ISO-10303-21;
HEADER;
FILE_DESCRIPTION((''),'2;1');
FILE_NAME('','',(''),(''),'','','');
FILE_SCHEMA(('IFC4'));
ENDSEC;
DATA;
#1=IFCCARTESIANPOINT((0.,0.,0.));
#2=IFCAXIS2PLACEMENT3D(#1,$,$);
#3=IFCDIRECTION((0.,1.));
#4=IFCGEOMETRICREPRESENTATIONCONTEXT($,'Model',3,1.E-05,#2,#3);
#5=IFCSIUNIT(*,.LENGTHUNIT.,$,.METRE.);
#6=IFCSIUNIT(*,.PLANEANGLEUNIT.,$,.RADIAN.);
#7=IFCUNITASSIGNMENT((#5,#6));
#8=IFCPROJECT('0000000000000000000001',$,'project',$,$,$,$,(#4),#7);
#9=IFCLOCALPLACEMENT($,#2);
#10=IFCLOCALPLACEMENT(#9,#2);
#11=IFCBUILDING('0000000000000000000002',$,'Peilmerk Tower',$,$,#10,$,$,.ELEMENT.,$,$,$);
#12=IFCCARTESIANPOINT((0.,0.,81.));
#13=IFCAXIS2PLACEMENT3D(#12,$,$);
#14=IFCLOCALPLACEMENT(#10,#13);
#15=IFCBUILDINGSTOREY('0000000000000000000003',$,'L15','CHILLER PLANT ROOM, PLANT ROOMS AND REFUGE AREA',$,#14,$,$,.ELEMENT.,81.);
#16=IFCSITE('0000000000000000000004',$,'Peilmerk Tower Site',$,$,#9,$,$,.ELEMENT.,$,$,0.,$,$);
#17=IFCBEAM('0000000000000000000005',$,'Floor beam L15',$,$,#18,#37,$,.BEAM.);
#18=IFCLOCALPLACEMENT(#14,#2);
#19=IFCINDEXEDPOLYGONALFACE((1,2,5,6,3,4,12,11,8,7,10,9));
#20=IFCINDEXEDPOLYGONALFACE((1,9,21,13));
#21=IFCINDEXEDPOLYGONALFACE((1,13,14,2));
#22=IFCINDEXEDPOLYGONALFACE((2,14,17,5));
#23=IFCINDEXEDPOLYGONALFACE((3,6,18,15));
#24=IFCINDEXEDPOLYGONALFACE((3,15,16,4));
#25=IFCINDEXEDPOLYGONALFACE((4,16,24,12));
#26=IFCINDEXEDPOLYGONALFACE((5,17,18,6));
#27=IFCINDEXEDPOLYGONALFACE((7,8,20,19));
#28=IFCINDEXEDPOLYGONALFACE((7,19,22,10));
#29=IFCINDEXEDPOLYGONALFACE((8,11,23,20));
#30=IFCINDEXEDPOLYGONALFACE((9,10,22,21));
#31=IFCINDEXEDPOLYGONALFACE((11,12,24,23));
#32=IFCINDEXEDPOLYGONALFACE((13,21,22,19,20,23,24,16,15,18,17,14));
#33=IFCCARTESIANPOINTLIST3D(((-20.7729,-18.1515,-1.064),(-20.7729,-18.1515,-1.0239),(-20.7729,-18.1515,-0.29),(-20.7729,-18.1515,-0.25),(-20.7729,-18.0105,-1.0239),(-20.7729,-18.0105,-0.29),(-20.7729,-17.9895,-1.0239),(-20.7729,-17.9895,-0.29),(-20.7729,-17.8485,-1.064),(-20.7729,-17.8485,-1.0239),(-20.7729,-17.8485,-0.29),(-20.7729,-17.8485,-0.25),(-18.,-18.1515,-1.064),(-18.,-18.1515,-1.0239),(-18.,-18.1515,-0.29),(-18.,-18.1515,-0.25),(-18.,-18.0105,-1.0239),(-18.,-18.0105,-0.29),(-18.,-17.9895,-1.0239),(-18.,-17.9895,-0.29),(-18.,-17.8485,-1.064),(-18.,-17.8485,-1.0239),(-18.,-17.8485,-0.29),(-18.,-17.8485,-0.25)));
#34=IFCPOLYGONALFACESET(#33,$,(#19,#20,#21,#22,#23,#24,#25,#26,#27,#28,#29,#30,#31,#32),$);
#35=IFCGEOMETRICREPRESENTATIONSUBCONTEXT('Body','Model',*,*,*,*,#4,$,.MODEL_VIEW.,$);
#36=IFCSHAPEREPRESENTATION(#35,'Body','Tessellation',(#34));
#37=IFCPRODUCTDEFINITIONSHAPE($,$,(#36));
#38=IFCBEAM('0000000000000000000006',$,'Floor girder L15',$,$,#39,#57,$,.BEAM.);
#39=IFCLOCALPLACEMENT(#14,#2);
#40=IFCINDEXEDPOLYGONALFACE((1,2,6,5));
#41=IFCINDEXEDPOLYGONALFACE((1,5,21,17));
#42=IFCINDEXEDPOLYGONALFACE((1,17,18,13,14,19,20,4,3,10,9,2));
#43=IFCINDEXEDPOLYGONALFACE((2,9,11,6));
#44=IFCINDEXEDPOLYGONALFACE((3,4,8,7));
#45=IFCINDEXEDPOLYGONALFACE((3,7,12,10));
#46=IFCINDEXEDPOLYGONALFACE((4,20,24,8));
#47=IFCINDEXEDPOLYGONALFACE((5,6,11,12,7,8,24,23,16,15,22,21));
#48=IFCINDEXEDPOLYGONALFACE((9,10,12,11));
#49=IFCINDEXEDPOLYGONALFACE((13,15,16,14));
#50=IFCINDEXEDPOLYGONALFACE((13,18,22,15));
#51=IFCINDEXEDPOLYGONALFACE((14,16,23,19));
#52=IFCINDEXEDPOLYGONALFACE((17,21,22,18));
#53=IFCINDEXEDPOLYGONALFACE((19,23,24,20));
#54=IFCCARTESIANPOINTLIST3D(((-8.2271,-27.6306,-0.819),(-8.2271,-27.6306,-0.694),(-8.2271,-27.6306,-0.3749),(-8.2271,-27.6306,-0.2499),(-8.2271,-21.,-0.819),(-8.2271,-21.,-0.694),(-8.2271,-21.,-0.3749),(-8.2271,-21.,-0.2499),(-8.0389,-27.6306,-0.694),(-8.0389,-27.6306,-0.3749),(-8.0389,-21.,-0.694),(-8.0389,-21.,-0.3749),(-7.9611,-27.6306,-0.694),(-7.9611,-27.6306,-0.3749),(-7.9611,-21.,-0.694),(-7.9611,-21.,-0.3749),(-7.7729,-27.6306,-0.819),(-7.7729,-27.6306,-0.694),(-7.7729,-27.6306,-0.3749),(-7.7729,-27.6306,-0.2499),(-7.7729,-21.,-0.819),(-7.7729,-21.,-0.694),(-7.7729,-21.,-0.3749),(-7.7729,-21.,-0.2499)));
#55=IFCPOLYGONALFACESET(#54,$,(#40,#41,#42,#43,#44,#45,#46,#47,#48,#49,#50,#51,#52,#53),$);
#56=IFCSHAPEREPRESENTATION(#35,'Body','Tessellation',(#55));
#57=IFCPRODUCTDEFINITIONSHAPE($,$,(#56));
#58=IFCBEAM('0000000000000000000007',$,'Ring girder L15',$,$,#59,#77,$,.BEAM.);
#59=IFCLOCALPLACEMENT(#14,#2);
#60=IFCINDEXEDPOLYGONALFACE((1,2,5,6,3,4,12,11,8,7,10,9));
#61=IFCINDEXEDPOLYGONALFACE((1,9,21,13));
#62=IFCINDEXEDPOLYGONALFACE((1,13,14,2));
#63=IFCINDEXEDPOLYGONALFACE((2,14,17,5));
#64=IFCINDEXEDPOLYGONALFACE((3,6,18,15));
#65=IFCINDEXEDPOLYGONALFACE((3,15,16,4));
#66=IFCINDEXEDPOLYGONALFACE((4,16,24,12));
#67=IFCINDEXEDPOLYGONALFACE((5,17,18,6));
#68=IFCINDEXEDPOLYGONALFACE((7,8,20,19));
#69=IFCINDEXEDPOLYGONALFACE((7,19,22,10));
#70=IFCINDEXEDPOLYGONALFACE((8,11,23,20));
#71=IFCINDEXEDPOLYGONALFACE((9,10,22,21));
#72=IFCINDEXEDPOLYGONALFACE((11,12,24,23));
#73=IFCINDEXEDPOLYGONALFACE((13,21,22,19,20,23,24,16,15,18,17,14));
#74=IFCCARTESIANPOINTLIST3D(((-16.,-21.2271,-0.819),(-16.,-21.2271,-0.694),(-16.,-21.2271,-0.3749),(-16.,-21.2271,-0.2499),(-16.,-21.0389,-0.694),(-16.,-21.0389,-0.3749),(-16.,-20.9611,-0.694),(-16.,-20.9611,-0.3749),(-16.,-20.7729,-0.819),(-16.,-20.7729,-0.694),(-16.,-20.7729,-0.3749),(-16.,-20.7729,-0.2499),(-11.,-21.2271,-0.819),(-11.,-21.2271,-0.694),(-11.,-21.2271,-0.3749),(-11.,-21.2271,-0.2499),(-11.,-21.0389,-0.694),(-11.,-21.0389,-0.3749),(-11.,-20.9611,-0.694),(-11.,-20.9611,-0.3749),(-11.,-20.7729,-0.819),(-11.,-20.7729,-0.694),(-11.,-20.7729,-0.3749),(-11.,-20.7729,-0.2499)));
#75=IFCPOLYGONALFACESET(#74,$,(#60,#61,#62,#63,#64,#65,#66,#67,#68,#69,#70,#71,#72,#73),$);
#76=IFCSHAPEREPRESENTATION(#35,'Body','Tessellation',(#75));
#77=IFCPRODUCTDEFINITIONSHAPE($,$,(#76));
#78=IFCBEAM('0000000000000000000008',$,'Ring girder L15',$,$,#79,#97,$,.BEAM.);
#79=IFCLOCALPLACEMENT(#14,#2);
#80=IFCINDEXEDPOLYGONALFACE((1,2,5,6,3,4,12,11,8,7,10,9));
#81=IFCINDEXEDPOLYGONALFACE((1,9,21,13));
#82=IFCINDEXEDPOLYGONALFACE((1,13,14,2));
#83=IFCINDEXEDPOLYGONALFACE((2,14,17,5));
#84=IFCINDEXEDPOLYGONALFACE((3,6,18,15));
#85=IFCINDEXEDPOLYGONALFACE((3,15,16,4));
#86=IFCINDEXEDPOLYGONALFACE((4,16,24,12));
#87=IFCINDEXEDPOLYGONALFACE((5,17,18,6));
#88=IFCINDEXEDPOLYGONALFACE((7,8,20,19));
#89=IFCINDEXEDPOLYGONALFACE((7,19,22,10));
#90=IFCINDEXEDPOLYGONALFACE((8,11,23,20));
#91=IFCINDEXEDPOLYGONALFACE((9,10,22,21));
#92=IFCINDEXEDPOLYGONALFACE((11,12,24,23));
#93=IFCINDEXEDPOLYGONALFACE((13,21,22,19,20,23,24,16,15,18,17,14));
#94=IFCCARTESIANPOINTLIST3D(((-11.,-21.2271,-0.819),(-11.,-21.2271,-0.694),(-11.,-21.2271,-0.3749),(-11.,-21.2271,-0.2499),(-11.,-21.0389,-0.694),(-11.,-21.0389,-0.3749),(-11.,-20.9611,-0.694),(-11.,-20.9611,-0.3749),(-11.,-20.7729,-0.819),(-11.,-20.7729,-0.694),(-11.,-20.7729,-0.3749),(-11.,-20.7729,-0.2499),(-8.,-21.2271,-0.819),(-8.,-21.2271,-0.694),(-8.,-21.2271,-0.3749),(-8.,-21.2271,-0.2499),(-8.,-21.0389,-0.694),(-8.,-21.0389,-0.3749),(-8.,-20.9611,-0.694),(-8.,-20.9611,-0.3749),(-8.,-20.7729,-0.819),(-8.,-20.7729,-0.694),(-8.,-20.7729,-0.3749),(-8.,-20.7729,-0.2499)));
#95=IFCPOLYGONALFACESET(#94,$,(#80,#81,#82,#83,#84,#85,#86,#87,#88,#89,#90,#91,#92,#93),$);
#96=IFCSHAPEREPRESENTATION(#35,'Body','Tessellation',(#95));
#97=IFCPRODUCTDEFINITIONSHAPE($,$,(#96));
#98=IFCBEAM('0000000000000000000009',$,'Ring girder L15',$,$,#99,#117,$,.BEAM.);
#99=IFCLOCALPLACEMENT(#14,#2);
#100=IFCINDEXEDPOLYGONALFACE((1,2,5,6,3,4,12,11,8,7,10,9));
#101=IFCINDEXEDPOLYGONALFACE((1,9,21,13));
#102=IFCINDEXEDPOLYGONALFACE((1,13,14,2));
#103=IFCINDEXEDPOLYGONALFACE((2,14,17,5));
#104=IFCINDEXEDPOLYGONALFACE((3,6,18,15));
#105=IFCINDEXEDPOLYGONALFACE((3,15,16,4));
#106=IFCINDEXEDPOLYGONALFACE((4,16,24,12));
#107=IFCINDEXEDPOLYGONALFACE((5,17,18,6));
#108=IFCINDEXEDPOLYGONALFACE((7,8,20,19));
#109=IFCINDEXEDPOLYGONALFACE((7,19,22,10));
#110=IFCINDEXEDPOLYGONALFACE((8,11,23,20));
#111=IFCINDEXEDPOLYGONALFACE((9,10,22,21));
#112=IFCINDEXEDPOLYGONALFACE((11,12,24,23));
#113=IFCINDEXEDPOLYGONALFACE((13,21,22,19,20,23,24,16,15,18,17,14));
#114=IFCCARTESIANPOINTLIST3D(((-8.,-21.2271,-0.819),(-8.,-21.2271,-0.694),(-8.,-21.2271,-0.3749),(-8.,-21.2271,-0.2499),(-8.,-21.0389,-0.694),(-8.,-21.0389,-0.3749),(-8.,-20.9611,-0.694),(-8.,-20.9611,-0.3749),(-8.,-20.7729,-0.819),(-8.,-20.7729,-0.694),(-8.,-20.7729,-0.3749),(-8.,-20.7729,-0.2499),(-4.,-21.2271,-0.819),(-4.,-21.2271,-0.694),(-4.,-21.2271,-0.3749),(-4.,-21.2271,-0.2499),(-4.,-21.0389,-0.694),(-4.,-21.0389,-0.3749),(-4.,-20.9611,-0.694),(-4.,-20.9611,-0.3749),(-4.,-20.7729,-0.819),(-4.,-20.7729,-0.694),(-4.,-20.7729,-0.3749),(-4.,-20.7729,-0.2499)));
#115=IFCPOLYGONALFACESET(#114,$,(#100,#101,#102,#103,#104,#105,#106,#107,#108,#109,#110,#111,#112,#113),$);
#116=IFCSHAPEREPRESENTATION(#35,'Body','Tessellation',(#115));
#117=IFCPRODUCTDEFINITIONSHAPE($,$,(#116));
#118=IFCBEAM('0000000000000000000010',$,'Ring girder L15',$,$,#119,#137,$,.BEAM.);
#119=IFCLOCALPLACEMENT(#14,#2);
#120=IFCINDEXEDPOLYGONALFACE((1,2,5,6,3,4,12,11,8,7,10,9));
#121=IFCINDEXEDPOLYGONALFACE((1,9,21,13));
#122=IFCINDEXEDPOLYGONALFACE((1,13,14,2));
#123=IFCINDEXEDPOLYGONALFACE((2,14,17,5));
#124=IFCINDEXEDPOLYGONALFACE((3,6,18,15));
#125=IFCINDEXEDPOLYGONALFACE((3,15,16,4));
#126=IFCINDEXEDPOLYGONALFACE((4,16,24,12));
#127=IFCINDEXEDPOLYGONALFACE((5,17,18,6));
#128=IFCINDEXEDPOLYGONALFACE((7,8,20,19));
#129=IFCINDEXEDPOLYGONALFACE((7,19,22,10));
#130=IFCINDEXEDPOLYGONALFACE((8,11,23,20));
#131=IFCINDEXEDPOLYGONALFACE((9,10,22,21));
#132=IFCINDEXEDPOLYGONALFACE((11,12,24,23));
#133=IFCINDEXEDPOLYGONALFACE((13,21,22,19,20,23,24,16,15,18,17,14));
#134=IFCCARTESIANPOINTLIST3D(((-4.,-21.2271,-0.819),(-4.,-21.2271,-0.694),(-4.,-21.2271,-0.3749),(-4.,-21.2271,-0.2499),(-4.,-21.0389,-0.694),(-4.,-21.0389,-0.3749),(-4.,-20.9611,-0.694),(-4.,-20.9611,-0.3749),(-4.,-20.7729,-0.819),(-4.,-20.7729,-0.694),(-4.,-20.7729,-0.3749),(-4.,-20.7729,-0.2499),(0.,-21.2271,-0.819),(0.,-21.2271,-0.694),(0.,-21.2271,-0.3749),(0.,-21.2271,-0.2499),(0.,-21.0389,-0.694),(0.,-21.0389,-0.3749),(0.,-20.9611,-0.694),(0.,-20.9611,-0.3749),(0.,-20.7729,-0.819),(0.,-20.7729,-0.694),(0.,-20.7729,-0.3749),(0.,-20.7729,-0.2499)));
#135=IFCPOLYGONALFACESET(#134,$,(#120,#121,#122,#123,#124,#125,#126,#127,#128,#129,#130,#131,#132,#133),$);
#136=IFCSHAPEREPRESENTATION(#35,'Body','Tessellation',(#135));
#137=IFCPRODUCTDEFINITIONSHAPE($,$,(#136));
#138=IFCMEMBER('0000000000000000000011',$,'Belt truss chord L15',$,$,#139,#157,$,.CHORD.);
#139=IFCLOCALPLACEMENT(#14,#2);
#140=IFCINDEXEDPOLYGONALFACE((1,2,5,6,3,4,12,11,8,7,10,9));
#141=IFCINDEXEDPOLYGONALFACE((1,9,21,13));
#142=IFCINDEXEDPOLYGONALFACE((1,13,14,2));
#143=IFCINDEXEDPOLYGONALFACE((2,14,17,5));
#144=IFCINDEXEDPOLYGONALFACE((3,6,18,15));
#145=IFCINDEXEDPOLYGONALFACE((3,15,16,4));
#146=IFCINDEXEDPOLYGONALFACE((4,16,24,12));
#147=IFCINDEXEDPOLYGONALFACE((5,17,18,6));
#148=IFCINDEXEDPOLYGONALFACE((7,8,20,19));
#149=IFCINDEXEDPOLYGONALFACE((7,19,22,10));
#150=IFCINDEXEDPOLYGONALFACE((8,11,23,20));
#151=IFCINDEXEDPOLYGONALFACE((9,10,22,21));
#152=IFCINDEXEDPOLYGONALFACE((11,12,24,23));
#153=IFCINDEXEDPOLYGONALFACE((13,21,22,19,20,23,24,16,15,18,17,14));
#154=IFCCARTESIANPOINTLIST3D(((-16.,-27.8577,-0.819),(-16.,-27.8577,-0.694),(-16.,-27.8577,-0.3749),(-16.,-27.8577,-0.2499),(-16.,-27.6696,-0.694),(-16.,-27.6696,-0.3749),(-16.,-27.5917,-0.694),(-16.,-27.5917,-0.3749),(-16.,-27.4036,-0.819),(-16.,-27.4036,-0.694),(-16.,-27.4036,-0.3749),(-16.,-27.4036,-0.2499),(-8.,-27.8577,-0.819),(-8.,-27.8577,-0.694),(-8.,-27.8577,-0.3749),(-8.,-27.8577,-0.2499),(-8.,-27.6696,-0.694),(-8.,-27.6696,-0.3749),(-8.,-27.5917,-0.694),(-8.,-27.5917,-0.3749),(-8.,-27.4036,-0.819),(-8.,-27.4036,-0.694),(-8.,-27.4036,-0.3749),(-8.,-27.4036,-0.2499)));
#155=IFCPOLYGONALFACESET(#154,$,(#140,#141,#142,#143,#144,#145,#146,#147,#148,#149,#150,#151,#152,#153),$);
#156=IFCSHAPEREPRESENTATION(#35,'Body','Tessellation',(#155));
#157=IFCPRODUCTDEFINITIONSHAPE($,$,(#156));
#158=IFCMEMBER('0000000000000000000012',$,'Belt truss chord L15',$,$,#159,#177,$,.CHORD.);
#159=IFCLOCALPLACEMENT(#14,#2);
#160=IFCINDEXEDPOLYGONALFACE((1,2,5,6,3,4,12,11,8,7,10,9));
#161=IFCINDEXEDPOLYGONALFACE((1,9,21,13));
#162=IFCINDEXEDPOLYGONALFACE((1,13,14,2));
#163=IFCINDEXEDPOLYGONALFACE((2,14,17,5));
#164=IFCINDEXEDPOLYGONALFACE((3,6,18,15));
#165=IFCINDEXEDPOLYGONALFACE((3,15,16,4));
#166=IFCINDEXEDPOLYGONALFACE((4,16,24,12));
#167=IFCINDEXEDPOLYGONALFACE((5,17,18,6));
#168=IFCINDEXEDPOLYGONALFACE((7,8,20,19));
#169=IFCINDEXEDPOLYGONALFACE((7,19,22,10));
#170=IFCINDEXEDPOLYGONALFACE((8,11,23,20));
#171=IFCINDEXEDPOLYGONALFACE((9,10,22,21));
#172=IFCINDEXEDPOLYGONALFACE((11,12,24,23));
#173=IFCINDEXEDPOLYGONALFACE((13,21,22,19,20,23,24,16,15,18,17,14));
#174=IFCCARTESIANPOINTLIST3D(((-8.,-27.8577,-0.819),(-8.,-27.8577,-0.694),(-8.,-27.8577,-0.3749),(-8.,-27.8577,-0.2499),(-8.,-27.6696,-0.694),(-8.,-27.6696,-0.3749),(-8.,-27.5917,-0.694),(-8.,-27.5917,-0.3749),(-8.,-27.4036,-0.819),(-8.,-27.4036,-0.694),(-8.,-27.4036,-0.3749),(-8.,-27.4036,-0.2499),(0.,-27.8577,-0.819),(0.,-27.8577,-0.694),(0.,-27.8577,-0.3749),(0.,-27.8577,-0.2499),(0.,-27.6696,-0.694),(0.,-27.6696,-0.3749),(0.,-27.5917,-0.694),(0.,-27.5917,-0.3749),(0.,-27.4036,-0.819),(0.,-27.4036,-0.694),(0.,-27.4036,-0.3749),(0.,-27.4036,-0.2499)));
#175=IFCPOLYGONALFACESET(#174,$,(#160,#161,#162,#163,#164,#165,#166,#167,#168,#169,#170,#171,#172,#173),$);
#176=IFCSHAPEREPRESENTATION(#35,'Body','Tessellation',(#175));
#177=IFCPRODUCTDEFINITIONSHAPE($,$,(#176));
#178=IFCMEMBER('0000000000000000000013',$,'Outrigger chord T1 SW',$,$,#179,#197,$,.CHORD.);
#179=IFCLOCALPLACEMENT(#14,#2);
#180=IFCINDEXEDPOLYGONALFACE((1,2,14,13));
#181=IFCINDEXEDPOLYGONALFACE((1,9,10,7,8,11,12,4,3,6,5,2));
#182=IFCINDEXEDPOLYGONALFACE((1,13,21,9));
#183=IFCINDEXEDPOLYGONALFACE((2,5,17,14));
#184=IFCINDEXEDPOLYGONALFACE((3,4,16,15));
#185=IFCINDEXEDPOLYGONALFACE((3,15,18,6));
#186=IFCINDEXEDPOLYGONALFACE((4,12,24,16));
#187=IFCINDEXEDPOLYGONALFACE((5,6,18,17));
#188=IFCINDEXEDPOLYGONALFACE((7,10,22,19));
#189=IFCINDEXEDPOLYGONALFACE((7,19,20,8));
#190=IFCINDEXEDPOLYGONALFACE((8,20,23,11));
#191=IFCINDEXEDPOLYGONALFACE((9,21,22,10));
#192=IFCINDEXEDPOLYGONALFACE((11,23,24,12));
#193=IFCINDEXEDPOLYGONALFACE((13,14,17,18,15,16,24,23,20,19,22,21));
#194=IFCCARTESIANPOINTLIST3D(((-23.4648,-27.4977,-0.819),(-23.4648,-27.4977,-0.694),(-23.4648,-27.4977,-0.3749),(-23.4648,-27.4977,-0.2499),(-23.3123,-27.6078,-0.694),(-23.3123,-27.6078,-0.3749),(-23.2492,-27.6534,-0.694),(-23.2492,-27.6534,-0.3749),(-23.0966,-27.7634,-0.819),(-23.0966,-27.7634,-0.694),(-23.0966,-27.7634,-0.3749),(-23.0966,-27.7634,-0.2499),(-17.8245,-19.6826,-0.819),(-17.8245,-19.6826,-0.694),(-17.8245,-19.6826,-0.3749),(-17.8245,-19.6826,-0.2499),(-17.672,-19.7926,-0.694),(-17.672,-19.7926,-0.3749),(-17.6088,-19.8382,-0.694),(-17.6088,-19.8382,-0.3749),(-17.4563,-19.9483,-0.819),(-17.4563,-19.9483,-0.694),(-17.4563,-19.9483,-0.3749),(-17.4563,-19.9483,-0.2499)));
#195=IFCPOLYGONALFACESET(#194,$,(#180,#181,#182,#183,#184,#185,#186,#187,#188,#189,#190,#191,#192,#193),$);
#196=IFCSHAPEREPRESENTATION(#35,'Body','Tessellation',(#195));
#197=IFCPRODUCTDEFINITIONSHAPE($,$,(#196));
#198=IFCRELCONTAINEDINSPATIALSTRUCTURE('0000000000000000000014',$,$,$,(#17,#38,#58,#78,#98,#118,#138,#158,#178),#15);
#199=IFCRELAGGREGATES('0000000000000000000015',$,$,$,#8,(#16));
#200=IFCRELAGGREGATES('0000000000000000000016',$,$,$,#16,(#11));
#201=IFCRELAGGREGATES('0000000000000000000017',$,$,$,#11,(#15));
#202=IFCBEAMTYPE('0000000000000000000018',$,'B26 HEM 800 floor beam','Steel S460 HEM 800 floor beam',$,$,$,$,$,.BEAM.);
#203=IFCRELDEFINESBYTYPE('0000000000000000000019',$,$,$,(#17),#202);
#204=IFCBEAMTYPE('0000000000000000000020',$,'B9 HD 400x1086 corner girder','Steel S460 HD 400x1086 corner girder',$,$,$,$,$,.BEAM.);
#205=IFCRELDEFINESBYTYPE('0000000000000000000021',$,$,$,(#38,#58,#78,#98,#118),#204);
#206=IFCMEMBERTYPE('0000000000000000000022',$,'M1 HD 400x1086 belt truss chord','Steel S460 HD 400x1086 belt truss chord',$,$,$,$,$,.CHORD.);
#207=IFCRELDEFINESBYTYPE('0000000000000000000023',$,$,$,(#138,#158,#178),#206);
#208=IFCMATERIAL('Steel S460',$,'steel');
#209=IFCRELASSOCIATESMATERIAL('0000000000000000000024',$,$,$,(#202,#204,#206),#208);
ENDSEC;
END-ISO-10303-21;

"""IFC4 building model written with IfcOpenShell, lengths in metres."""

from ifc_helpers import new_model, si_unit, direction, frame, origin, origin_2d, place, context, subcontext, project, spatial, i_section, extrude, material, material_profile, profile_set, type_object, element, save


model = new_model("IFC4")

# Units and contexts
model_context = context("Model", 3, precision=1e-05, world=origin(), true_north=direction((0.0, 1.0)))
body_context = subcontext(model_context, "Body", "Model", "MODEL_VIEW")
ifc_project = project(units=[si_unit("LENGTHUNIT", "METRE"), si_unit("PLANEANGLEUNIT", "RADIAN")], contexts=[model_context])

# Site, building, storey
site_placement = place(None, origin())
site = spatial("IfcSite", under=ifc_project, at=site_placement, Name="Peilmerk Tower Site", CompositionType="ELEMENT", RefElevation=0.0)
building_placement = place(site_placement, origin())
building = spatial("IfcBuilding", under=site, at=building_placement, Name="Peilmerk Tower", CompositionType="ELEMENT")
storey_placement = place(building_placement, frame((0.0, 0.0, 81.0)))
storey = spatial("IfcBuildingStorey", under=building, at=storey_placement, Name="L15", Description="CHILLER PLANT ROOM, PLANT ROOMS AND REFUGE AREA", CompositionType="ELEMENT", Elevation=81.0)

# Shared definitions
ifc_material_1 = material(Name="Steel S460", Category="steel")

# Beams
ifc_material_profile_1 = material_profile(ifc_material_1, i_section(OverallWidth=0.303, OverallDepth=0.814, WebThickness=0.021, FlangeThickness=0.04, at=origin_2d()), Name="HEM 800")
ifc_profile_set_1 = profile_set([ifc_material_profile_1], Name="Steel S460")
beam_type_1 = type_object("IfcBeamType", Name="B26 HEM 800 floor beam", Description="Steel S460 HEM 800 floor beam", PredefinedType="BEAM", material=ifc_profile_set_1)
beam_1_placement = place(storey_placement, frame((-18.0, -18.0, -0.657), z_axis=(-1.0, 0.0, 0.0), x_axis=(0.0, -1.0, 0.0)))
element("IfcBeam", 1, at=beam_1_placement, inside=storey, type_object=beam_type_1, Name="Floor beam L15", PredefinedType="BEAM", context=body_context, shape_type="SweptSolid", body=[
    extrude(i_section(OverallWidth=0.303, OverallDepth=0.814, WebThickness=0.021, FlangeThickness=0.04, at=origin_2d()), origin(), (0.0, 0.0, 1.0), 2.7729),
])
ifc_material_profile_2 = material_profile(ifc_material_1, i_section(OverallWidth=0.4541, OverallDepth=0.5691, WebThickness=0.0779, FlangeThickness=0.125, at=origin_2d()), Name="HD 400x1086")
ifc_profile_set_2 = profile_set([ifc_material_profile_2], Name="Steel S460")
beam_type_2 = type_object("IfcBeamType", Name="B9 HD 400x1086 corner girder", Description="Steel S460 HD 400x1086 corner girder", PredefinedType="BEAM", material=ifc_profile_set_2)
beam_2_placement = place(storey_placement, frame((-8.0, -21.0, -0.5344), z_axis=(0.0, -1.0, 0.0), x_axis=(1.0, 0.0, 0.0)))
element("IfcBeam", 2, at=beam_2_placement, inside=storey, type_object=beam_type_2, Name="Floor girder L15", PredefinedType="BEAM", context=body_context, shape_type="SweptSolid", body=[
    extrude(i_section(OverallWidth=0.4541, OverallDepth=0.5691, WebThickness=0.0779, FlangeThickness=0.125, at=origin_2d()), origin(), (0.0, 0.0, 1.0), 6.6306),
])
beam_3_placement = place(storey_placement, frame((-16.0, -21.0, -0.5344), z_axis=(1.0, 0.0, 0.0), x_axis=(0.0, 1.0, 0.0)))
element("IfcBeam", 3, at=beam_3_placement, inside=storey, type_object=beam_type_2, Name="Ring girder L15", PredefinedType="BEAM", context=body_context, shape_type="SweptSolid", body=[
    extrude(i_section(OverallWidth=0.4541, OverallDepth=0.5691, WebThickness=0.0779, FlangeThickness=0.125, at=origin_2d()), origin(), (0.0, 0.0, 1.0), 5.0),
])
beam_4_placement = place(storey_placement, frame((-11.0, -21.0, -0.5344), z_axis=(1.0, 0.0, 0.0), x_axis=(0.0, 1.0, 0.0)))
element("IfcBeam", 4, at=beam_4_placement, inside=storey, type_object=beam_type_2, Name="Ring girder L15", PredefinedType="BEAM", context=body_context, shape_type="SweptSolid", body=[
    extrude(i_section(OverallWidth=0.4541, OverallDepth=0.5691, WebThickness=0.0779, FlangeThickness=0.125, at=origin_2d()), origin(), (0.0, 0.0, 1.0), 3.0),
])
for number, where, z_axis, x_axis, name in (
    (5, (-8.0, -21.0, -0.5344), (1.0, 0.0, 0.0), (0.0, 1.0, 0.0), "Ring girder L15"),
    (6, (-4.0, -21.0, -0.5344), (1.0, 0.0, 0.0), (0.0, 1.0, 0.0), "Ring girder L15"),
):
    element("IfcBeam", number, at=place(storey_placement, frame(where, z_axis=z_axis, x_axis=x_axis)), inside=storey, type_object=beam_type_2, Name=name, PredefinedType="BEAM", context=body_context, shape_type="SweptSolid", body=[
        extrude(i_section(OverallWidth=0.4541, OverallDepth=0.5691, WebThickness=0.0779, FlangeThickness=0.125, at=origin_2d()), origin(), (0.0, 0.0, 1.0), 4.0),
    ])

# Members
ifc_material_profile_3 = material_profile(ifc_material_1, i_section(OverallWidth=0.4541, OverallDepth=0.5691, WebThickness=0.0779, FlangeThickness=0.125, at=origin_2d()), Name="HD 400x1086")
ifc_profile_set_3 = profile_set([ifc_material_profile_3], Name="Steel S460")
member_type_1 = type_object("IfcMemberType", Name="M1 HD 400x1086 belt truss chord", Description="Steel S460 HD 400x1086 belt truss chord", PredefinedType="CHORD", material=ifc_profile_set_3)
for number, where, z_axis, x_axis, name in (
    (7, (-16.0, -27.6306, -0.5344), (1.0, 0.0, 0.0), (0.0, 1.0, 0.0), "Belt truss chord L15"),
    (8, (-8.0, -27.6306, -0.5344), (1.0, 0.0, 0.0), (0.0, 1.0, 0.0), "Belt truss chord L15"),
):
    element("IfcMember", number, at=place(storey_placement, frame(where, z_axis=z_axis, x_axis=x_axis)), inside=storey, type_object=member_type_1, Name=name, PredefinedType="CHORD", context=body_context, shape_type="SweptSolid", body=[
        extrude(i_section(OverallWidth=0.4541, OverallDepth=0.5691, WebThickness=0.0779, FlangeThickness=0.125, at=origin_2d()), origin(), (0.0, 0.0, 1.0), 8.0),
    ])
member_1_placement = place(storey_placement, frame((-17.6404, -19.8154, -0.5344), z_axis=(-0.585223, -0.810872, 0.0), x_axis=(0.810872, -0.585223, 0.0)))
element("IfcMember", 9, at=member_1_placement, inside=storey, type_object=member_type_1, Name="Outrigger chord T1 SW", PredefinedType="CHORD", context=body_context, shape_type="SweptSolid", body=[
    extrude(i_section(OverallWidth=0.4541, OverallDepth=0.5691, WebThickness=0.0779, FlangeThickness=0.125, at=origin_2d()), origin(), (0.0, 0.0, 1.0), 9.6379),
])

save(model, "model.ifc")
